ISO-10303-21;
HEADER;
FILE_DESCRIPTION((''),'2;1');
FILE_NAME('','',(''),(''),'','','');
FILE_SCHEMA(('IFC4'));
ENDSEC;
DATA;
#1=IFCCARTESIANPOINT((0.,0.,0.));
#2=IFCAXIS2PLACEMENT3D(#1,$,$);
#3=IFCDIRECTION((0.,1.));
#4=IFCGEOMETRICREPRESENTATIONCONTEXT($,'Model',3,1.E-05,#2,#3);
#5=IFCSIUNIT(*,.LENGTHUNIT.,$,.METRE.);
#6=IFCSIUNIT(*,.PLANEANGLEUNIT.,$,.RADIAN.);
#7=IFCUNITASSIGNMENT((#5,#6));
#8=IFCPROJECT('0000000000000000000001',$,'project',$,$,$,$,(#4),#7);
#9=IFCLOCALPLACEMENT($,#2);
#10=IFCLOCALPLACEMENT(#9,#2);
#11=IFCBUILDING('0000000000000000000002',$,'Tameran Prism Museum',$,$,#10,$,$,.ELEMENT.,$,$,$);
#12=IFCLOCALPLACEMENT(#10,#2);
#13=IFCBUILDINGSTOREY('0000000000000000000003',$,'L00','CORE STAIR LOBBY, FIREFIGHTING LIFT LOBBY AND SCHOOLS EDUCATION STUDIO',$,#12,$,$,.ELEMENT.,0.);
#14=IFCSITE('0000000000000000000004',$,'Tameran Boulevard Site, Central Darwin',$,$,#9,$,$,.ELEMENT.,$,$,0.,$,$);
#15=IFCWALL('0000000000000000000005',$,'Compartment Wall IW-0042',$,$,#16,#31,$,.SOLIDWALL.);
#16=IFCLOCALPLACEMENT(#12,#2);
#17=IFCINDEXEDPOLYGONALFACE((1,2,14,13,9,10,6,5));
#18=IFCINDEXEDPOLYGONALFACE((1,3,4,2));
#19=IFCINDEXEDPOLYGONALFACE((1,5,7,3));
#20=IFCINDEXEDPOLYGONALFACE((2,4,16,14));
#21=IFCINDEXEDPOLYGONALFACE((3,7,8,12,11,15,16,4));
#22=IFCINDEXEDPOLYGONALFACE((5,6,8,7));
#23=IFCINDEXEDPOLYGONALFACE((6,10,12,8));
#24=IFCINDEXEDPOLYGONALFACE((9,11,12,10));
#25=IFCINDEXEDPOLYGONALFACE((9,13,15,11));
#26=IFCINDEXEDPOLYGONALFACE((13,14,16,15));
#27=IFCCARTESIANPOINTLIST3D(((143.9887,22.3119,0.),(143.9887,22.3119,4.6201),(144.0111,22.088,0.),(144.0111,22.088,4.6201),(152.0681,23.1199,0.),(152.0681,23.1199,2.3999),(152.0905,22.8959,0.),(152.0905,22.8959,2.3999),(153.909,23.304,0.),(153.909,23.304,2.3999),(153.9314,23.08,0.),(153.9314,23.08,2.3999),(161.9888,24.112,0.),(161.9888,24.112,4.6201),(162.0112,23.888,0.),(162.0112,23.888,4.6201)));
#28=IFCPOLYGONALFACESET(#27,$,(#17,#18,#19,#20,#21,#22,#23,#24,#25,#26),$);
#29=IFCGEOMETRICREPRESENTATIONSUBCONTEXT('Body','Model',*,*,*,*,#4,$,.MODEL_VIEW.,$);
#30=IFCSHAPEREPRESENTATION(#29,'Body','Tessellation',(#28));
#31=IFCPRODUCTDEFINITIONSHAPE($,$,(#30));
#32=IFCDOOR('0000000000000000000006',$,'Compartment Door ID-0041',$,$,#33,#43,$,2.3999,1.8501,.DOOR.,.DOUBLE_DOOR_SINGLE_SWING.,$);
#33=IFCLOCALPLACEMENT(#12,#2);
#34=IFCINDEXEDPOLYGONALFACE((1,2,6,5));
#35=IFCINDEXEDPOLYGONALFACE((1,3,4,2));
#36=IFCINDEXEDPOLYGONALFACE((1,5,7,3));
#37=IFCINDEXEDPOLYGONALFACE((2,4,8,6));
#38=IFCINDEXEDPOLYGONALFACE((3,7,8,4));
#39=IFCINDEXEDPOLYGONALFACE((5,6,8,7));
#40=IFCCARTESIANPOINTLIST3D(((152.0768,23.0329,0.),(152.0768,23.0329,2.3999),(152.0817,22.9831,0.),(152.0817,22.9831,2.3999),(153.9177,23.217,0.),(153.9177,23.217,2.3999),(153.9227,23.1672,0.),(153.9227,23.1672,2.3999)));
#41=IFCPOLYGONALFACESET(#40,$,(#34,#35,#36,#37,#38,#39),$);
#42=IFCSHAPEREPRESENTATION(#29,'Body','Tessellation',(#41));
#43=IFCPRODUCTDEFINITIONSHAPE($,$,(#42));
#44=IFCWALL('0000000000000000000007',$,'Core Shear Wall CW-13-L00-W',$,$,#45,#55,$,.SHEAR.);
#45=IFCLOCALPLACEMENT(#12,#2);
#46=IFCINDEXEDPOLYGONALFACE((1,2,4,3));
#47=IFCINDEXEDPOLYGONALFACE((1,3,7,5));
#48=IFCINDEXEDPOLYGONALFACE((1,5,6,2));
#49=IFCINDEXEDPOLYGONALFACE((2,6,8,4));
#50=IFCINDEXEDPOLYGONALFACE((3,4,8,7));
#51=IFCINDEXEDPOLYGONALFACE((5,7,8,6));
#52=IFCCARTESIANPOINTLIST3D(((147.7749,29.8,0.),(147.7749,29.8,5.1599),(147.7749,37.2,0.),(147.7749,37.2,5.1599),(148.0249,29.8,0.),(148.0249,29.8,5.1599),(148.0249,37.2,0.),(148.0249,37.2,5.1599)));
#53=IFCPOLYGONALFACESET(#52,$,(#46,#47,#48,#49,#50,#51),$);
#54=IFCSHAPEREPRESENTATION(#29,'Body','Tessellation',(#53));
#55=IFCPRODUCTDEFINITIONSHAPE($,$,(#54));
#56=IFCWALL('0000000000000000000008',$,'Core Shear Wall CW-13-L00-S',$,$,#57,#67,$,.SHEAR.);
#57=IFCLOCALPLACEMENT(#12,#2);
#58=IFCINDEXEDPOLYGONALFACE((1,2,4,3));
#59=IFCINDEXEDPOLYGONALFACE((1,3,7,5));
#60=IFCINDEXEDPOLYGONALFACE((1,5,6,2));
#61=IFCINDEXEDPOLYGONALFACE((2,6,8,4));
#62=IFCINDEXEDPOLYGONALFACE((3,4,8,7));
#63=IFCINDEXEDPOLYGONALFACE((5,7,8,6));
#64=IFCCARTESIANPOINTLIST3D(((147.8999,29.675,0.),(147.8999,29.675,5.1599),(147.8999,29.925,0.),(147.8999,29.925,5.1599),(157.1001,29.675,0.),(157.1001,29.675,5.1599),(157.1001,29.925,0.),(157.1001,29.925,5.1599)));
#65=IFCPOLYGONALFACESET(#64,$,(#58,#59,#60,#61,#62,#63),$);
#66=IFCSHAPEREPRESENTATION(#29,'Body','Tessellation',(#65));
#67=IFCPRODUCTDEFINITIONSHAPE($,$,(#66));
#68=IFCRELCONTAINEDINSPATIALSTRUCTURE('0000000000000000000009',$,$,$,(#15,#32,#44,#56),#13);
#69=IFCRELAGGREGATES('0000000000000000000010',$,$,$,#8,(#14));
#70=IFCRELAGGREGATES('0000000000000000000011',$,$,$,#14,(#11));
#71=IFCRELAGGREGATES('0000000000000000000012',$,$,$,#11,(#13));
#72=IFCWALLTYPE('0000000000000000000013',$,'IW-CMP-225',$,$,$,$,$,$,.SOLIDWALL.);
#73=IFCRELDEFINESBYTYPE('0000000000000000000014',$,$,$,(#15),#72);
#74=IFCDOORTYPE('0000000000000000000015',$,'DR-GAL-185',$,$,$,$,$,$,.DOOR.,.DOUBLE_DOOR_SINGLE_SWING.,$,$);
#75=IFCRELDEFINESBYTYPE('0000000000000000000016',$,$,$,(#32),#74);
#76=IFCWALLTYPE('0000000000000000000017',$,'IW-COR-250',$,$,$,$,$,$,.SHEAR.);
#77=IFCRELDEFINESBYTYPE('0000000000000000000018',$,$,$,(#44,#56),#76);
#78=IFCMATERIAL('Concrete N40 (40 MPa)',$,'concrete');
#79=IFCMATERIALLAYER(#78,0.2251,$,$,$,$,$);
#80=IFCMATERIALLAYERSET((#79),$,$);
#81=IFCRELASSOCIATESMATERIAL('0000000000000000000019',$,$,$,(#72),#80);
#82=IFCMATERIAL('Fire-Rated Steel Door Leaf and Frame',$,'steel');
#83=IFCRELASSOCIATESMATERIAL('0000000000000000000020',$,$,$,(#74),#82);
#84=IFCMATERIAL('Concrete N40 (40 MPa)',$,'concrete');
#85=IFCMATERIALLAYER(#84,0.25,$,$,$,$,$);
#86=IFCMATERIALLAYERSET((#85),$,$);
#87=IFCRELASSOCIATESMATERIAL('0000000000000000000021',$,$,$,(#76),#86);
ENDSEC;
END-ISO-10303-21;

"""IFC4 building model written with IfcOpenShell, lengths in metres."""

from ifc_helpers import new_model, si_unit, direction, frame, frame_2d, origin, place, context, subcontext, project, spatial, rectangle, extrude, material, layer, layer_set, type_object, element, fill, save


model = new_model("IFC4")

# Units and contexts
model_context = context("Model", 3, precision=1e-05, world=origin(), true_north=direction((0.0, 1.0)))
body_context = subcontext(model_context, "Body", "Model", "MODEL_VIEW")
ifc_project = project(units=[si_unit("LENGTHUNIT", "METRE"), si_unit("PLANEANGLEUNIT", "RADIAN")], contexts=[model_context])

# Site, building, storey
site_placement = place(None, origin())
site = spatial("IfcSite", under=ifc_project, at=site_placement, Name="Tameran Boulevard Site, Central Darwin", CompositionType="ELEMENT", RefElevation=0.0)
building_placement = place(site_placement, origin())
building = spatial("IfcBuilding", under=site, at=building_placement, Name="Tameran Prism Museum", CompositionType="ELEMENT")
storey_placement = place(building_placement, origin())
storey = spatial("IfcBuildingStorey", under=building, at=storey_placement, Name="L00", Description="CORE STAIR LOBBY, FIREFIGHTING LIFT LOBBY AND SCHOOLS EDUCATION STUDIO", CompositionType="ELEMENT", Elevation=0.0)

# Wall, opening, door
ifc_material_1 = material(Name="Concrete N40 (40 MPa)", Category="concrete")
ifc_layer_1 = layer(ifc_material_1, 0.2251)
ifc_layer_set_1 = layer_set([ifc_layer_1])
wall_type_1 = type_object("IfcWallType", Name="IW-CMP-225", PredefinedType="SOLIDWALL", material=ifc_layer_set_1)
wall_1_placement = place(storey_placement, frame((162.0, 24.0, 0.0), z_axis=(0.0, 0.0, 1.0), x_axis=(-0.995037, -0.099506, 0.0)))
wall_1 = element("IfcWall", 1, at=wall_1_placement, inside=storey, type_object=wall_type_1, Name="Compartment Wall IW-0042", PredefinedType="SOLIDWALL", context=body_context, shape_type="SweptSolid", body=[
    extrude(rectangle(XDim=18.0898, YDim=0.2251, at=frame_2d((9.0449, 0.0))), origin(), (0.0, 0.0, 1.0), 4.6201),
])
opening_1_placement = place(wall_1_placement, frame((8.1201, 0.0, 0.0)))
opening_1 = element("IfcOpeningElement", 2, at=opening_1_placement, cuts=wall_1, PredefinedType="OPENING", context=body_context, shape_type="SweptSolid", body=[
    extrude(rectangle(XDim=1.8501, YDim=2.3999, at=frame_2d((0.925, 1.2))), frame((0.0, 0.1226, 0.0), z_axis=(0.0, -1.0, 0.0), x_axis=(1.0, 0.0, 0.0)), (0.0, 0.0, 1.0), 0.2451),
])
ifc_material_2 = material(Name="Fire-Rated Steel Door Leaf and Frame", Category="steel")
door_type_1 = type_object("IfcDoorType", Name="DR-GAL-185", OperationType="DOUBLE_DOOR_SINGLE_SWING", PredefinedType="DOOR", material=ifc_material_2)
door_1_placement = place(opening_1_placement, origin())
door_1 = element("IfcDoor", 3, at=door_1_placement, inside=storey, type_object=door_type_1, Name="Compartment Door ID-0041", OperationType="DOUBLE_DOOR_SINGLE_SWING", OverallHeight=2.3999, OverallWidth=1.8501, PredefinedType="DOOR", context=body_context, shape_type="SweptSolid", body=[
    extrude(rectangle(XDim=1.8501, YDim=2.3999, at=frame_2d((0.925, 1.2))), frame((0.0, 0.0249, 0.0), z_axis=(0.0, -1.0, 0.0), x_axis=(1.0, 0.0, 0.0)), (0.0, 0.0, 1.0), 0.05),
])
fill(opening_1, door_1)

# Walls
ifc_material_3 = material(Name="Concrete N40 (40 MPa)", Category="concrete")
ifc_layer_2 = layer(ifc_material_3, 0.25)
ifc_layer_set_2 = layer_set([ifc_layer_2])
wall_type_2 = type_object("IfcWallType", Name="IW-COR-250", PredefinedType="SHEAR", material=ifc_layer_set_2)
wall_2_placement = place(storey_placement, frame((147.8999, 29.8, 0.0), z_axis=(0.0, 0.0, 1.0), x_axis=(0.0, 1.0, 0.0)))
element("IfcWall", 4, at=wall_2_placement, inside=storey, type_object=wall_type_2, Name="Core Shear Wall CW-13-L00-W", PredefinedType="SHEAR", context=body_context, shape_type="SweptSolid", body=[
    extrude(rectangle(XDim=7.3999, YDim=0.25, at=frame_2d((3.7, 0.0))), origin(), (0.0, 0.0, 1.0), 5.1599),
])
wall_3_placement = place(storey_placement, frame((157.1001, 29.8, 0.0), z_axis=(0.0, 0.0, 1.0), x_axis=(-1.0, 0.0, 0.0)))
element("IfcWall", 5, at=wall_3_placement, inside=storey, type_object=wall_type_2, Name="Core Shear Wall CW-13-L00-S", PredefinedType="SHEAR", context=body_context, shape_type="SweptSolid", body=[
    extrude(rectangle(XDim=9.2002, YDim=0.25, at=frame_2d((4.6001, 0.0))), origin(), (0.0, 0.0, 1.0), 5.1599),
])

save(model, "model.ifc")
